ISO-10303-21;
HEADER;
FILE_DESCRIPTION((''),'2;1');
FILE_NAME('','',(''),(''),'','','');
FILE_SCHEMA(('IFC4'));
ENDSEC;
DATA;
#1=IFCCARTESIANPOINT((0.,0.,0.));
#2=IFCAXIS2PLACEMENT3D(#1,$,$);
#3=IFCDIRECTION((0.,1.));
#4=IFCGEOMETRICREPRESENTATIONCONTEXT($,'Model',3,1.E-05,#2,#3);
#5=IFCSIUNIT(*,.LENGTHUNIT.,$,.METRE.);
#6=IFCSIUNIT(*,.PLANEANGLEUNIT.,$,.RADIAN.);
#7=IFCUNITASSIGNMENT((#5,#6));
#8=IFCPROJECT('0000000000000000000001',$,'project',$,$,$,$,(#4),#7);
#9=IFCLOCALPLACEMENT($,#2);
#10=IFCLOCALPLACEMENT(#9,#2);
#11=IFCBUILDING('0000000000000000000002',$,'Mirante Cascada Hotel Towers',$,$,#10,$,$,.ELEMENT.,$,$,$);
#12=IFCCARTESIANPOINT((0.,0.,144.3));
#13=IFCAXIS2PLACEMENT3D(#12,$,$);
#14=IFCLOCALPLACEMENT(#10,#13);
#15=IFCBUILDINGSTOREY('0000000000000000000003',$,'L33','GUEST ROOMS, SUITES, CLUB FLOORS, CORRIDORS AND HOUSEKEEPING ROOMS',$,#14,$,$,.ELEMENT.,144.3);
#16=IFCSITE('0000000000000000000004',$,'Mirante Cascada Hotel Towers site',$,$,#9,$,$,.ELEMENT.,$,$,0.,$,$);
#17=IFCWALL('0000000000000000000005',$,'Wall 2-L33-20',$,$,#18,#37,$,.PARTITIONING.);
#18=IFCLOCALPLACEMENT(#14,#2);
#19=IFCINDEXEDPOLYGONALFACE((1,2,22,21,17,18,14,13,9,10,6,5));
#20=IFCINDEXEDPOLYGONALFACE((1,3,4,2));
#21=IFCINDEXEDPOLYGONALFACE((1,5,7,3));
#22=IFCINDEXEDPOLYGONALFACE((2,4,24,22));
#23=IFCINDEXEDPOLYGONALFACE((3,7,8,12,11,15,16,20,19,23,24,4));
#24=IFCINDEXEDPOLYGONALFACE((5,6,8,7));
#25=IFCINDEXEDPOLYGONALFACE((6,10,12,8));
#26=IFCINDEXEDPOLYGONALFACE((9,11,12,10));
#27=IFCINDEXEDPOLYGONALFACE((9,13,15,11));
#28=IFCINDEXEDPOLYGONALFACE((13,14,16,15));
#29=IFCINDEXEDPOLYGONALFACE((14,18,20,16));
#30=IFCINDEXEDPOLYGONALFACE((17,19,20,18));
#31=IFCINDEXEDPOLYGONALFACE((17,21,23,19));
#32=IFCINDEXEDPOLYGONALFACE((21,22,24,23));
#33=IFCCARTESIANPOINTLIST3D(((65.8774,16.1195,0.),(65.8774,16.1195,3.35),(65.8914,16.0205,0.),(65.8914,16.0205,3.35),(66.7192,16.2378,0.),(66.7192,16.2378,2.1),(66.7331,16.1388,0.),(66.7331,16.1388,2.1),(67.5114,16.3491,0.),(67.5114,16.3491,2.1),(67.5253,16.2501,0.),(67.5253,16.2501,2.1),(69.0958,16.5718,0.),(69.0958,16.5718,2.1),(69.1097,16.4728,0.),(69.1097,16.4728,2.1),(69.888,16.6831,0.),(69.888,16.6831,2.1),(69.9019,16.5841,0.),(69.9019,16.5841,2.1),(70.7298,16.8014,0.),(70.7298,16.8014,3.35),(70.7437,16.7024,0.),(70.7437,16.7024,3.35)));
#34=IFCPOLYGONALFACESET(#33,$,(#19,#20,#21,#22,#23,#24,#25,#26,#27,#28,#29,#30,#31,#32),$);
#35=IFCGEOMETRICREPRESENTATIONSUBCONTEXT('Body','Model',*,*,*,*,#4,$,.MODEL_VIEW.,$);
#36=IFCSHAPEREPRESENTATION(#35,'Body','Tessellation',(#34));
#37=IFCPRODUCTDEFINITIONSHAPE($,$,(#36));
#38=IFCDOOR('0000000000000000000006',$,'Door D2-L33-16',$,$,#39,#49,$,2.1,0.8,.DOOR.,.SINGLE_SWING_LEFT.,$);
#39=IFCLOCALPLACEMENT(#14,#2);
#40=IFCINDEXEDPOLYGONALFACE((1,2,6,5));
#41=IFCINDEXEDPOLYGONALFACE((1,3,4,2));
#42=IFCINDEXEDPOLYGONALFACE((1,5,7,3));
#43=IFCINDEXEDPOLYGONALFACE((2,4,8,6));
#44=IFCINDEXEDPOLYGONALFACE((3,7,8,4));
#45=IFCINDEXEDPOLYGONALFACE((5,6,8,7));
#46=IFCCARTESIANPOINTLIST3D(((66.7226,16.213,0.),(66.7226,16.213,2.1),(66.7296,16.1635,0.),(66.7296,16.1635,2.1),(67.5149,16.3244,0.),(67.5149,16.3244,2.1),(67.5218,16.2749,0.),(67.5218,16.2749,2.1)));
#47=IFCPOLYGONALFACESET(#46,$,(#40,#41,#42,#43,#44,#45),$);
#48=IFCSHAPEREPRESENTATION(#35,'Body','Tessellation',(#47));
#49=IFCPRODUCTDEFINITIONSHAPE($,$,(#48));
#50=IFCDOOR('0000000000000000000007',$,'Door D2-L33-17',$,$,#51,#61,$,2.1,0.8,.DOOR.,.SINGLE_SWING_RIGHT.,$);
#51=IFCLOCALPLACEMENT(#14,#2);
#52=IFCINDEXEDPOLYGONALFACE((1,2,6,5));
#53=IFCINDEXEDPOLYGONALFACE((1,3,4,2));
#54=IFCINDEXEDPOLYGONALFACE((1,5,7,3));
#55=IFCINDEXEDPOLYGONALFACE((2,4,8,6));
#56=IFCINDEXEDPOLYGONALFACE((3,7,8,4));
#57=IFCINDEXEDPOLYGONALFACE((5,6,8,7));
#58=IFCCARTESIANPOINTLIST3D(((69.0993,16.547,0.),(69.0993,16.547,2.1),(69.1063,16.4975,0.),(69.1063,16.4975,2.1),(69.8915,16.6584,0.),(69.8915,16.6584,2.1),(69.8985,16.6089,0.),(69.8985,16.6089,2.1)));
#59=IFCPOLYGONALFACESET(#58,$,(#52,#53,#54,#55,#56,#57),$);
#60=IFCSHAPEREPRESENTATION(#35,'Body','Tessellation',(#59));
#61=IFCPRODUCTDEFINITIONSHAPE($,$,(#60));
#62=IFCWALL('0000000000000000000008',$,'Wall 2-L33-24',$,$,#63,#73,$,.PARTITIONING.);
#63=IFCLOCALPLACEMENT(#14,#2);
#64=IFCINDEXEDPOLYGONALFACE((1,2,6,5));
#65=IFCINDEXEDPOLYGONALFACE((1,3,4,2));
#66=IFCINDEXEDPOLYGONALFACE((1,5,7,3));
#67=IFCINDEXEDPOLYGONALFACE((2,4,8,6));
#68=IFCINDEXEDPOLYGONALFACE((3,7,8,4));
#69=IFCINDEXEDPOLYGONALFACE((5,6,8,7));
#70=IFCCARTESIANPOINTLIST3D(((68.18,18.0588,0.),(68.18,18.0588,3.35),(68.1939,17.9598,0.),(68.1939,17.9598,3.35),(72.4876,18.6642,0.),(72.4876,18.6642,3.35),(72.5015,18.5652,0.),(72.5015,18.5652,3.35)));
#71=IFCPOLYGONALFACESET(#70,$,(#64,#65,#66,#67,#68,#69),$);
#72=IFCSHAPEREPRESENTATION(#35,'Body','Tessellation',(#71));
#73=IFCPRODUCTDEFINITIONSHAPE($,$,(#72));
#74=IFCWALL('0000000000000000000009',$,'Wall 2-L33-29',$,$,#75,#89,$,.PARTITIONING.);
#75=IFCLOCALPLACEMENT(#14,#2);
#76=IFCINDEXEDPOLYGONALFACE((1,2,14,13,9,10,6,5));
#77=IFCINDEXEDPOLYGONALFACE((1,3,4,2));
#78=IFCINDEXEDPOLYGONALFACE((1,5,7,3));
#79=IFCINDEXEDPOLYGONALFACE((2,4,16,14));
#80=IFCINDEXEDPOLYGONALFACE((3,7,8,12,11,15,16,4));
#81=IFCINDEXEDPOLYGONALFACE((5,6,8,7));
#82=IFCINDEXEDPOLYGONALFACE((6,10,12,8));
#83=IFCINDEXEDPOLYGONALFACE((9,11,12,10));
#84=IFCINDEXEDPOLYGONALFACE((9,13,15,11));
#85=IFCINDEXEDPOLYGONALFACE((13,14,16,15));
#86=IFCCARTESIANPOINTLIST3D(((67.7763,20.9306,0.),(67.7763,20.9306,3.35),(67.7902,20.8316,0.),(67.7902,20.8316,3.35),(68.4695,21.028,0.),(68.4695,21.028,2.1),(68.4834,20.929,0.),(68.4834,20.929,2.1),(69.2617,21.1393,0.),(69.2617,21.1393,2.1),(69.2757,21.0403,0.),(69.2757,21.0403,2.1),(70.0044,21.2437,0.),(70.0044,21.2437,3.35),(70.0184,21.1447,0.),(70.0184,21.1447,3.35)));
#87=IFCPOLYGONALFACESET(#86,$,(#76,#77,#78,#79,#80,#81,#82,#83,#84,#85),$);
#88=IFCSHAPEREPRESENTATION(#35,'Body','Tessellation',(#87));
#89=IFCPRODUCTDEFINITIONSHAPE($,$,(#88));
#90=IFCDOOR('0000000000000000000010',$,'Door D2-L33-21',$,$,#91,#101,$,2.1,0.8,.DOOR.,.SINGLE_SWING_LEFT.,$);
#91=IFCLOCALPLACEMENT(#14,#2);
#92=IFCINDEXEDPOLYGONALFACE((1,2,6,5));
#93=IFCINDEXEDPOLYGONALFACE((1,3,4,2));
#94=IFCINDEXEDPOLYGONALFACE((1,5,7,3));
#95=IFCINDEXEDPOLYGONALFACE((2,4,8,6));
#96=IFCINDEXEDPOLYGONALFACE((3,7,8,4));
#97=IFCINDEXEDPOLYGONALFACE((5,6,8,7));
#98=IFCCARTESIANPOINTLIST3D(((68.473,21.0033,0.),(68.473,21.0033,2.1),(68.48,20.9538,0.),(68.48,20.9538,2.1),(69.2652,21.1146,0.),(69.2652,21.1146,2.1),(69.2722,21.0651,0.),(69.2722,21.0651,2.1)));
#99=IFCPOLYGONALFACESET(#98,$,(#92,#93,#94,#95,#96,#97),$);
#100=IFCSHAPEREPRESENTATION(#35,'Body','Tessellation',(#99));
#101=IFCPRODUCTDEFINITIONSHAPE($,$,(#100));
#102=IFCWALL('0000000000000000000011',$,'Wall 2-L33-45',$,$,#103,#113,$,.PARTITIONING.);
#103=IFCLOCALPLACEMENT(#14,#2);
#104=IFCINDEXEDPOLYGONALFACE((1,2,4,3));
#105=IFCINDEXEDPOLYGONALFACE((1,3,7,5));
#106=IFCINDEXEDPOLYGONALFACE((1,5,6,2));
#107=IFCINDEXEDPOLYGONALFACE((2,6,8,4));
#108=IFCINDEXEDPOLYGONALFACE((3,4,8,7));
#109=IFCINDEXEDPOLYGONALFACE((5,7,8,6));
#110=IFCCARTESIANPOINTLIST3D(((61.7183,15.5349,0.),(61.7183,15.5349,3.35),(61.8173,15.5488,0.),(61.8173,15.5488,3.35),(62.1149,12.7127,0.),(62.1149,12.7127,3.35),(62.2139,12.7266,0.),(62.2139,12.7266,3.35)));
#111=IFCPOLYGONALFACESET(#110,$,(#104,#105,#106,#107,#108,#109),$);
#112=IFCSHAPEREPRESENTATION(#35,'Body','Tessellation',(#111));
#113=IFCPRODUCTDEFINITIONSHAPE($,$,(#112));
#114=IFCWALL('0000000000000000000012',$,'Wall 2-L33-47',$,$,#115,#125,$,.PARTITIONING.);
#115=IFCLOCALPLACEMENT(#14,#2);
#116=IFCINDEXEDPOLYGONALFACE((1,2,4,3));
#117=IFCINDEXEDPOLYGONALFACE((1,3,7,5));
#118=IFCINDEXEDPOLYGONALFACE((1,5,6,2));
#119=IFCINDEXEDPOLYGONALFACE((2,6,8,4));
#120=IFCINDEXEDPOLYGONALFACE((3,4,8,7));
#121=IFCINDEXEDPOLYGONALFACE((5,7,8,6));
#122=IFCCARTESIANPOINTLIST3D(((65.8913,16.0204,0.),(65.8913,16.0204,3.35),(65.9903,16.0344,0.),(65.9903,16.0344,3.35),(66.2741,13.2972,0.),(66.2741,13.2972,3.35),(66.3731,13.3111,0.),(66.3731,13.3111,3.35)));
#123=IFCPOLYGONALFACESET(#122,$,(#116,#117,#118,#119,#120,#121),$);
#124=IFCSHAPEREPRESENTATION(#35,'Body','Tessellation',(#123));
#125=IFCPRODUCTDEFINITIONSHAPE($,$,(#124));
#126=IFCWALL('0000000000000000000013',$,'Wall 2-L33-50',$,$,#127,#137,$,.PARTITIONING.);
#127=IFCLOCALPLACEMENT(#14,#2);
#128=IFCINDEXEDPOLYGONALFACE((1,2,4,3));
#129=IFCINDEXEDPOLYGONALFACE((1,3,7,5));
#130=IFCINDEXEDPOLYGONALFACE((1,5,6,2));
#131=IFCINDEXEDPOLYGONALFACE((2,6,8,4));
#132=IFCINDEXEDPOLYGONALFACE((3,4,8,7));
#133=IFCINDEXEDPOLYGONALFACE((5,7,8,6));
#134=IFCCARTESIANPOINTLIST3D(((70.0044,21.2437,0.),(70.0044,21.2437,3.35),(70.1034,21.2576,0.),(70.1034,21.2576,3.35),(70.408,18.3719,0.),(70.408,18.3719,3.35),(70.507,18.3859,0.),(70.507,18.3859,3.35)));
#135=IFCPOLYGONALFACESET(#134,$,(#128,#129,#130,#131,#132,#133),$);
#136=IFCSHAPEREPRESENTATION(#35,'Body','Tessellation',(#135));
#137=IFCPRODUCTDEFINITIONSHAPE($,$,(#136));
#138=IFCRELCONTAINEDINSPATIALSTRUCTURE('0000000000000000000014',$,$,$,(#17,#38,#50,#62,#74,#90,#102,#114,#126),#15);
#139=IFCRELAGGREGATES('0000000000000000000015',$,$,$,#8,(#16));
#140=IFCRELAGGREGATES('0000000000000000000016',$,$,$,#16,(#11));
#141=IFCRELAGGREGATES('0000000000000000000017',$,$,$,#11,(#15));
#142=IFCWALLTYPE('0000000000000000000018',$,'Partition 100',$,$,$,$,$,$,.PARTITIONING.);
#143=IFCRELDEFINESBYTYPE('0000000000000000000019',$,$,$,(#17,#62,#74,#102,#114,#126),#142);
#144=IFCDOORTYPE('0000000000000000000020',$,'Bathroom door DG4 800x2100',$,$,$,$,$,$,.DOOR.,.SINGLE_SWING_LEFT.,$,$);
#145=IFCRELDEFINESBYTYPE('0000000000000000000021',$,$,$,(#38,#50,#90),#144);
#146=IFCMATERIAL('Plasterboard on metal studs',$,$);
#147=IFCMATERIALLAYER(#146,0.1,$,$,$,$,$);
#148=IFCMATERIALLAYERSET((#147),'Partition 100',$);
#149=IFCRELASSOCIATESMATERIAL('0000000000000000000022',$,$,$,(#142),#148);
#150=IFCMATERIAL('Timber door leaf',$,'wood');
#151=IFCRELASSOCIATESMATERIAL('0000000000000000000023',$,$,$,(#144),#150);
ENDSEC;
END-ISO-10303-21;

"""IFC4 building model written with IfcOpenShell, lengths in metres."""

from ifc_helpers import new_model, si_unit, direction, frame, frame_2d, origin, place, context, subcontext, project, spatial, rectangle, extrude, material, layer, layer_set, type_object, element, fill, save


model = new_model("IFC4")

# Units and contexts
model_context = context("Model", 3, precision=1e-05, world=origin(), true_north=direction((0.0, 1.0)))
body_context = subcontext(model_context, "Body", "Model", "MODEL_VIEW")
ifc_project = project(units=[si_unit("LENGTHUNIT", "METRE"), si_unit("PLANEANGLEUNIT", "RADIAN")], contexts=[model_context])

# Site, building, storey
site_placement = place(None, origin())
site = spatial("IfcSite", under=ifc_project, at=site_placement, Name="Mirante Cascada Hotel Towers site", CompositionType="ELEMENT", RefElevation=0.0)
building_placement = place(site_placement, origin())
building = spatial("IfcBuilding", under=site, at=building_placement, Name="Mirante Cascada Hotel Towers", CompositionType="ELEMENT")
storey_placement = place(building_placement, frame((0.0, 0.0, 144.3)))
storey = spatial("IfcBuildingStorey", under=building, at=storey_placement, Name="L33", Description="GUEST ROOMS, SUITES, CLUB FLOORS, CORRIDORS AND HOUSEKEEPING ROOMS", CompositionType="ELEMENT", Elevation=144.3)

# Shared definitions
ifc_material_1 = material(Name="Plasterboard on metal studs")
ifc_layer_1 = layer(ifc_material_1, 0.1)
ifc_layer_set_1 = layer_set([ifc_layer_1], Name="Partition 100")
wall_type = type_object("IfcWallType", Name="Partition 100", PredefinedType="PARTITIONING", material=ifc_layer_set_1)
ifc_material_2 = material(Name="Timber door leaf", Category="wood")
door_type = type_object("IfcDoorType", Name="Bathroom door DG4 800x2100", OperationType="SINGLE_SWING_LEFT", PredefinedType="DOOR", material=ifc_material_2)

# Wall, openings, doors
wall_1_placement = place(storey_placement, frame((65.8844, 16.07, 0.0), z_axis=(0.0, 0.0, 1.0), x_axis=(0.990269, 0.139164, 0.0)))
wall_1 = element("IfcWall", 1, at=wall_1_placement, inside=storey, type_object=wall_type, Name="Wall 2-L33-20", PredefinedType="PARTITIONING", context=body_context, shape_type="SweptSolid", body=[
    extrude(rectangle(XDim=4.9, YDim=0.1, at=frame_2d((2.45, 0.0))), origin(), (0.0, 0.0, 1.0), 3.35),
])
opening_1_placement = place(wall_1_placement, frame((0.85, 0.0, 0.0)))
opening_1 = element("IfcOpeningElement", 2, at=opening_1_placement, cuts=wall_1, PredefinedType="OPENING", context=body_context, shape_type="SweptSolid", body=[
    extrude(rectangle(XDim=0.8, YDim=2.1, at=frame_2d((0.4, 1.05))), frame((0.0, 0.05, 0.0), z_axis=(0.0, -1.0, 0.0), x_axis=(1.0, 0.0, 0.0)), (0.0, 0.0, 1.0), 0.1),
])
opening_2_placement = place(wall_1_placement, frame((3.25, 0.0, 0.0)))
opening_2 = element("IfcOpeningElement", 3, at=opening_2_placement, cuts=wall_1, PredefinedType="OPENING", context=body_context, shape_type="SweptSolid", body=[
    extrude(rectangle(XDim=0.8, YDim=2.1, at=frame_2d((0.4, 1.05))), frame((0.0, 0.05, 0.0), z_axis=(0.0, -1.0, 0.0), x_axis=(1.0, 0.0, 0.0)), (0.0, 0.0, 1.0), 0.1),
])
door_1_placement = place(opening_1_placement, origin())
door_1 = element("IfcDoor", 4, at=door_1_placement, inside=storey, type_object=door_type, Name="Door D2-L33-16", OperationType="SINGLE_SWING_LEFT", OverallHeight=2.1, OverallWidth=0.8, PredefinedType="DOOR", context=body_context, shape_type="SweptSolid", body=[
    extrude(rectangle(XDim=0.8, YDim=2.1, at=frame_2d((0.4, 1.05))), frame((0.0, 0.025, 0.0), z_axis=(0.0, -1.0, 0.0), x_axis=(1.0, 0.0, 0.0)), (0.0, 0.0, 1.0), 0.05),
])
fill(opening_1, door_1)
door_2_placement = place(opening_2_placement, frame((0.8, 0.0, 0.0), z_axis=(0.0, 0.0, 1.0), x_axis=(-1.0, 0.0, 0.0)))
door_2 = element("IfcDoor", 5, at=door_2_placement, inside=storey, type_object=door_type, Name="Door D2-L33-17", OperationType="SINGLE_SWING_RIGHT", OverallHeight=2.1, OverallWidth=0.8, PredefinedType="DOOR", context=body_context, shape_type="SweptSolid", body=[
    extrude(rectangle(XDim=0.8, YDim=2.1, at=frame_2d((0.4, 1.05))), frame((0.0, 0.025, 0.0), z_axis=(0.0, -1.0, 0.0), x_axis=(1.0, 0.0, 0.0)), (0.0, 0.0, 1.0), 0.05),
])
fill(opening_2, door_2)

# Wall
wall_2_placement = place(storey_placement, frame((68.1869, 18.0093, 0.0), z_axis=(0.0, 0.0, 1.0), x_axis=(0.990268, 0.139175, 0.0)))
element("IfcWall", 6, at=wall_2_placement, inside=storey, type_object=wall_type, Name="Wall 2-L33-24", PredefinedType="PARTITIONING", context=body_context, shape_type="SweptSolid", body=[
    extrude(rectangle(XDim=4.3499, YDim=0.1, at=frame_2d((2.175, 0.0))), origin(), (0.0, 0.0, 1.0), 3.35),
])

# Wall, opening, door
wall_3_placement = place(storey_placement, frame((70.0114, 21.1942, 0.0), z_axis=(0.0, 0.0, 1.0), x_axis=(-0.990271, -0.139156, 0.0)))
wall_3 = element("IfcWall", 7, at=wall_3_placement, inside=storey, type_object=wall_type, Name="Wall 2-L33-29", PredefinedType="PARTITIONING", context=body_context, shape_type="SweptSolid", body=[
    extrude(rectangle(XDim=2.25, YDim=0.1, at=frame_2d((1.125, 0.0))), origin(), (0.0, 0.0, 1.0), 3.35),
])
opening_3_placement = place(wall_3_placement, frame((0.75, 0.0, 0.0)))
opening_3 = element("IfcOpeningElement", 8, at=opening_3_placement, cuts=wall_3, PredefinedType="OPENING", context=body_context, shape_type="SweptSolid", body=[
    extrude(rectangle(XDim=0.8, YDim=2.1, at=frame_2d((0.4, 1.05))), frame((0.0, 0.05, 0.0), z_axis=(0.0, -1.0, 0.0), x_axis=(1.0, 0.0, 0.0)), (0.0, 0.0, 1.0), 0.1),
])
door_3_placement = place(opening_3_placement, origin())
door_3 = element("IfcDoor", 9, at=door_3_placement, inside=storey, type_object=door_type, Name="Door D2-L33-21", OperationType="SINGLE_SWING_LEFT", OverallHeight=2.1, OverallWidth=0.8, PredefinedType="DOOR", context=body_context, shape_type="SweptSolid", body=[
    extrude(rectangle(XDim=0.8, YDim=2.1, at=frame_2d((0.4, 1.05))), frame((0.0, 0.025, 0.0), z_axis=(0.0, -1.0, 0.0), x_axis=(1.0, 0.0, 0.0)), (0.0, 0.0, 1.0), 0.05),
])
fill(opening_3, door_3)

# Walls
wall_4_placement = place(storey_placement, frame((61.7678, 15.5419, 0.0), z_axis=(0.0, 0.0, 1.0), x_axis=(0.139161, -0.99027, 0.0)))
element("IfcWall", 10, at=wall_4_placement, inside=storey, type_object=wall_type, Name="Wall 2-L33-45", PredefinedType="PARTITIONING", context=body_context, shape_type="SweptSolid", body=[
    extrude(rectangle(XDim=2.8499, YDim=0.1, at=frame_2d((1.425, 0.0))), origin(), (0.0, 0.0, 1.0), 3.35),
])
wall_5_placement = place(storey_placement, frame((65.9408, 16.0274, 0.0), z_axis=(0.0, 0.0, 1.0), x_axis=(0.139201, -0.990264, 0.0)))
element("IfcWall", 11, at=wall_5_placement, inside=storey, type_object=wall_type, Name="Wall 2-L33-47", PredefinedType="PARTITIONING", context=body_context, shape_type="SweptSolid", body=[
    extrude(rectangle(XDim=2.75, YDim=0.1, at=frame_2d((1.375, 0.0))), origin(), (0.0, 0.0, 1.0), 3.35),
])
wall_6_placement = place(storey_placement, frame((70.4575, 18.3789, 0.0), z_axis=(0.0, 0.0, 1.0), x_axis=(-0.139171, 0.990268, 0.0)))
element("IfcWall", 12, at=wall_6_placement, inside=storey, type_object=wall_type, Name="Wall 2-L33-50", PredefinedType="PARTITIONING", context=body_context, shape_type="SweptSolid", body=[
    extrude(rectangle(XDim=2.9, YDim=0.1, at=frame_2d((1.45, 0.0))), origin(), (0.0, 0.0, 1.0), 3.35),
])

save(model, "model.ifc")
